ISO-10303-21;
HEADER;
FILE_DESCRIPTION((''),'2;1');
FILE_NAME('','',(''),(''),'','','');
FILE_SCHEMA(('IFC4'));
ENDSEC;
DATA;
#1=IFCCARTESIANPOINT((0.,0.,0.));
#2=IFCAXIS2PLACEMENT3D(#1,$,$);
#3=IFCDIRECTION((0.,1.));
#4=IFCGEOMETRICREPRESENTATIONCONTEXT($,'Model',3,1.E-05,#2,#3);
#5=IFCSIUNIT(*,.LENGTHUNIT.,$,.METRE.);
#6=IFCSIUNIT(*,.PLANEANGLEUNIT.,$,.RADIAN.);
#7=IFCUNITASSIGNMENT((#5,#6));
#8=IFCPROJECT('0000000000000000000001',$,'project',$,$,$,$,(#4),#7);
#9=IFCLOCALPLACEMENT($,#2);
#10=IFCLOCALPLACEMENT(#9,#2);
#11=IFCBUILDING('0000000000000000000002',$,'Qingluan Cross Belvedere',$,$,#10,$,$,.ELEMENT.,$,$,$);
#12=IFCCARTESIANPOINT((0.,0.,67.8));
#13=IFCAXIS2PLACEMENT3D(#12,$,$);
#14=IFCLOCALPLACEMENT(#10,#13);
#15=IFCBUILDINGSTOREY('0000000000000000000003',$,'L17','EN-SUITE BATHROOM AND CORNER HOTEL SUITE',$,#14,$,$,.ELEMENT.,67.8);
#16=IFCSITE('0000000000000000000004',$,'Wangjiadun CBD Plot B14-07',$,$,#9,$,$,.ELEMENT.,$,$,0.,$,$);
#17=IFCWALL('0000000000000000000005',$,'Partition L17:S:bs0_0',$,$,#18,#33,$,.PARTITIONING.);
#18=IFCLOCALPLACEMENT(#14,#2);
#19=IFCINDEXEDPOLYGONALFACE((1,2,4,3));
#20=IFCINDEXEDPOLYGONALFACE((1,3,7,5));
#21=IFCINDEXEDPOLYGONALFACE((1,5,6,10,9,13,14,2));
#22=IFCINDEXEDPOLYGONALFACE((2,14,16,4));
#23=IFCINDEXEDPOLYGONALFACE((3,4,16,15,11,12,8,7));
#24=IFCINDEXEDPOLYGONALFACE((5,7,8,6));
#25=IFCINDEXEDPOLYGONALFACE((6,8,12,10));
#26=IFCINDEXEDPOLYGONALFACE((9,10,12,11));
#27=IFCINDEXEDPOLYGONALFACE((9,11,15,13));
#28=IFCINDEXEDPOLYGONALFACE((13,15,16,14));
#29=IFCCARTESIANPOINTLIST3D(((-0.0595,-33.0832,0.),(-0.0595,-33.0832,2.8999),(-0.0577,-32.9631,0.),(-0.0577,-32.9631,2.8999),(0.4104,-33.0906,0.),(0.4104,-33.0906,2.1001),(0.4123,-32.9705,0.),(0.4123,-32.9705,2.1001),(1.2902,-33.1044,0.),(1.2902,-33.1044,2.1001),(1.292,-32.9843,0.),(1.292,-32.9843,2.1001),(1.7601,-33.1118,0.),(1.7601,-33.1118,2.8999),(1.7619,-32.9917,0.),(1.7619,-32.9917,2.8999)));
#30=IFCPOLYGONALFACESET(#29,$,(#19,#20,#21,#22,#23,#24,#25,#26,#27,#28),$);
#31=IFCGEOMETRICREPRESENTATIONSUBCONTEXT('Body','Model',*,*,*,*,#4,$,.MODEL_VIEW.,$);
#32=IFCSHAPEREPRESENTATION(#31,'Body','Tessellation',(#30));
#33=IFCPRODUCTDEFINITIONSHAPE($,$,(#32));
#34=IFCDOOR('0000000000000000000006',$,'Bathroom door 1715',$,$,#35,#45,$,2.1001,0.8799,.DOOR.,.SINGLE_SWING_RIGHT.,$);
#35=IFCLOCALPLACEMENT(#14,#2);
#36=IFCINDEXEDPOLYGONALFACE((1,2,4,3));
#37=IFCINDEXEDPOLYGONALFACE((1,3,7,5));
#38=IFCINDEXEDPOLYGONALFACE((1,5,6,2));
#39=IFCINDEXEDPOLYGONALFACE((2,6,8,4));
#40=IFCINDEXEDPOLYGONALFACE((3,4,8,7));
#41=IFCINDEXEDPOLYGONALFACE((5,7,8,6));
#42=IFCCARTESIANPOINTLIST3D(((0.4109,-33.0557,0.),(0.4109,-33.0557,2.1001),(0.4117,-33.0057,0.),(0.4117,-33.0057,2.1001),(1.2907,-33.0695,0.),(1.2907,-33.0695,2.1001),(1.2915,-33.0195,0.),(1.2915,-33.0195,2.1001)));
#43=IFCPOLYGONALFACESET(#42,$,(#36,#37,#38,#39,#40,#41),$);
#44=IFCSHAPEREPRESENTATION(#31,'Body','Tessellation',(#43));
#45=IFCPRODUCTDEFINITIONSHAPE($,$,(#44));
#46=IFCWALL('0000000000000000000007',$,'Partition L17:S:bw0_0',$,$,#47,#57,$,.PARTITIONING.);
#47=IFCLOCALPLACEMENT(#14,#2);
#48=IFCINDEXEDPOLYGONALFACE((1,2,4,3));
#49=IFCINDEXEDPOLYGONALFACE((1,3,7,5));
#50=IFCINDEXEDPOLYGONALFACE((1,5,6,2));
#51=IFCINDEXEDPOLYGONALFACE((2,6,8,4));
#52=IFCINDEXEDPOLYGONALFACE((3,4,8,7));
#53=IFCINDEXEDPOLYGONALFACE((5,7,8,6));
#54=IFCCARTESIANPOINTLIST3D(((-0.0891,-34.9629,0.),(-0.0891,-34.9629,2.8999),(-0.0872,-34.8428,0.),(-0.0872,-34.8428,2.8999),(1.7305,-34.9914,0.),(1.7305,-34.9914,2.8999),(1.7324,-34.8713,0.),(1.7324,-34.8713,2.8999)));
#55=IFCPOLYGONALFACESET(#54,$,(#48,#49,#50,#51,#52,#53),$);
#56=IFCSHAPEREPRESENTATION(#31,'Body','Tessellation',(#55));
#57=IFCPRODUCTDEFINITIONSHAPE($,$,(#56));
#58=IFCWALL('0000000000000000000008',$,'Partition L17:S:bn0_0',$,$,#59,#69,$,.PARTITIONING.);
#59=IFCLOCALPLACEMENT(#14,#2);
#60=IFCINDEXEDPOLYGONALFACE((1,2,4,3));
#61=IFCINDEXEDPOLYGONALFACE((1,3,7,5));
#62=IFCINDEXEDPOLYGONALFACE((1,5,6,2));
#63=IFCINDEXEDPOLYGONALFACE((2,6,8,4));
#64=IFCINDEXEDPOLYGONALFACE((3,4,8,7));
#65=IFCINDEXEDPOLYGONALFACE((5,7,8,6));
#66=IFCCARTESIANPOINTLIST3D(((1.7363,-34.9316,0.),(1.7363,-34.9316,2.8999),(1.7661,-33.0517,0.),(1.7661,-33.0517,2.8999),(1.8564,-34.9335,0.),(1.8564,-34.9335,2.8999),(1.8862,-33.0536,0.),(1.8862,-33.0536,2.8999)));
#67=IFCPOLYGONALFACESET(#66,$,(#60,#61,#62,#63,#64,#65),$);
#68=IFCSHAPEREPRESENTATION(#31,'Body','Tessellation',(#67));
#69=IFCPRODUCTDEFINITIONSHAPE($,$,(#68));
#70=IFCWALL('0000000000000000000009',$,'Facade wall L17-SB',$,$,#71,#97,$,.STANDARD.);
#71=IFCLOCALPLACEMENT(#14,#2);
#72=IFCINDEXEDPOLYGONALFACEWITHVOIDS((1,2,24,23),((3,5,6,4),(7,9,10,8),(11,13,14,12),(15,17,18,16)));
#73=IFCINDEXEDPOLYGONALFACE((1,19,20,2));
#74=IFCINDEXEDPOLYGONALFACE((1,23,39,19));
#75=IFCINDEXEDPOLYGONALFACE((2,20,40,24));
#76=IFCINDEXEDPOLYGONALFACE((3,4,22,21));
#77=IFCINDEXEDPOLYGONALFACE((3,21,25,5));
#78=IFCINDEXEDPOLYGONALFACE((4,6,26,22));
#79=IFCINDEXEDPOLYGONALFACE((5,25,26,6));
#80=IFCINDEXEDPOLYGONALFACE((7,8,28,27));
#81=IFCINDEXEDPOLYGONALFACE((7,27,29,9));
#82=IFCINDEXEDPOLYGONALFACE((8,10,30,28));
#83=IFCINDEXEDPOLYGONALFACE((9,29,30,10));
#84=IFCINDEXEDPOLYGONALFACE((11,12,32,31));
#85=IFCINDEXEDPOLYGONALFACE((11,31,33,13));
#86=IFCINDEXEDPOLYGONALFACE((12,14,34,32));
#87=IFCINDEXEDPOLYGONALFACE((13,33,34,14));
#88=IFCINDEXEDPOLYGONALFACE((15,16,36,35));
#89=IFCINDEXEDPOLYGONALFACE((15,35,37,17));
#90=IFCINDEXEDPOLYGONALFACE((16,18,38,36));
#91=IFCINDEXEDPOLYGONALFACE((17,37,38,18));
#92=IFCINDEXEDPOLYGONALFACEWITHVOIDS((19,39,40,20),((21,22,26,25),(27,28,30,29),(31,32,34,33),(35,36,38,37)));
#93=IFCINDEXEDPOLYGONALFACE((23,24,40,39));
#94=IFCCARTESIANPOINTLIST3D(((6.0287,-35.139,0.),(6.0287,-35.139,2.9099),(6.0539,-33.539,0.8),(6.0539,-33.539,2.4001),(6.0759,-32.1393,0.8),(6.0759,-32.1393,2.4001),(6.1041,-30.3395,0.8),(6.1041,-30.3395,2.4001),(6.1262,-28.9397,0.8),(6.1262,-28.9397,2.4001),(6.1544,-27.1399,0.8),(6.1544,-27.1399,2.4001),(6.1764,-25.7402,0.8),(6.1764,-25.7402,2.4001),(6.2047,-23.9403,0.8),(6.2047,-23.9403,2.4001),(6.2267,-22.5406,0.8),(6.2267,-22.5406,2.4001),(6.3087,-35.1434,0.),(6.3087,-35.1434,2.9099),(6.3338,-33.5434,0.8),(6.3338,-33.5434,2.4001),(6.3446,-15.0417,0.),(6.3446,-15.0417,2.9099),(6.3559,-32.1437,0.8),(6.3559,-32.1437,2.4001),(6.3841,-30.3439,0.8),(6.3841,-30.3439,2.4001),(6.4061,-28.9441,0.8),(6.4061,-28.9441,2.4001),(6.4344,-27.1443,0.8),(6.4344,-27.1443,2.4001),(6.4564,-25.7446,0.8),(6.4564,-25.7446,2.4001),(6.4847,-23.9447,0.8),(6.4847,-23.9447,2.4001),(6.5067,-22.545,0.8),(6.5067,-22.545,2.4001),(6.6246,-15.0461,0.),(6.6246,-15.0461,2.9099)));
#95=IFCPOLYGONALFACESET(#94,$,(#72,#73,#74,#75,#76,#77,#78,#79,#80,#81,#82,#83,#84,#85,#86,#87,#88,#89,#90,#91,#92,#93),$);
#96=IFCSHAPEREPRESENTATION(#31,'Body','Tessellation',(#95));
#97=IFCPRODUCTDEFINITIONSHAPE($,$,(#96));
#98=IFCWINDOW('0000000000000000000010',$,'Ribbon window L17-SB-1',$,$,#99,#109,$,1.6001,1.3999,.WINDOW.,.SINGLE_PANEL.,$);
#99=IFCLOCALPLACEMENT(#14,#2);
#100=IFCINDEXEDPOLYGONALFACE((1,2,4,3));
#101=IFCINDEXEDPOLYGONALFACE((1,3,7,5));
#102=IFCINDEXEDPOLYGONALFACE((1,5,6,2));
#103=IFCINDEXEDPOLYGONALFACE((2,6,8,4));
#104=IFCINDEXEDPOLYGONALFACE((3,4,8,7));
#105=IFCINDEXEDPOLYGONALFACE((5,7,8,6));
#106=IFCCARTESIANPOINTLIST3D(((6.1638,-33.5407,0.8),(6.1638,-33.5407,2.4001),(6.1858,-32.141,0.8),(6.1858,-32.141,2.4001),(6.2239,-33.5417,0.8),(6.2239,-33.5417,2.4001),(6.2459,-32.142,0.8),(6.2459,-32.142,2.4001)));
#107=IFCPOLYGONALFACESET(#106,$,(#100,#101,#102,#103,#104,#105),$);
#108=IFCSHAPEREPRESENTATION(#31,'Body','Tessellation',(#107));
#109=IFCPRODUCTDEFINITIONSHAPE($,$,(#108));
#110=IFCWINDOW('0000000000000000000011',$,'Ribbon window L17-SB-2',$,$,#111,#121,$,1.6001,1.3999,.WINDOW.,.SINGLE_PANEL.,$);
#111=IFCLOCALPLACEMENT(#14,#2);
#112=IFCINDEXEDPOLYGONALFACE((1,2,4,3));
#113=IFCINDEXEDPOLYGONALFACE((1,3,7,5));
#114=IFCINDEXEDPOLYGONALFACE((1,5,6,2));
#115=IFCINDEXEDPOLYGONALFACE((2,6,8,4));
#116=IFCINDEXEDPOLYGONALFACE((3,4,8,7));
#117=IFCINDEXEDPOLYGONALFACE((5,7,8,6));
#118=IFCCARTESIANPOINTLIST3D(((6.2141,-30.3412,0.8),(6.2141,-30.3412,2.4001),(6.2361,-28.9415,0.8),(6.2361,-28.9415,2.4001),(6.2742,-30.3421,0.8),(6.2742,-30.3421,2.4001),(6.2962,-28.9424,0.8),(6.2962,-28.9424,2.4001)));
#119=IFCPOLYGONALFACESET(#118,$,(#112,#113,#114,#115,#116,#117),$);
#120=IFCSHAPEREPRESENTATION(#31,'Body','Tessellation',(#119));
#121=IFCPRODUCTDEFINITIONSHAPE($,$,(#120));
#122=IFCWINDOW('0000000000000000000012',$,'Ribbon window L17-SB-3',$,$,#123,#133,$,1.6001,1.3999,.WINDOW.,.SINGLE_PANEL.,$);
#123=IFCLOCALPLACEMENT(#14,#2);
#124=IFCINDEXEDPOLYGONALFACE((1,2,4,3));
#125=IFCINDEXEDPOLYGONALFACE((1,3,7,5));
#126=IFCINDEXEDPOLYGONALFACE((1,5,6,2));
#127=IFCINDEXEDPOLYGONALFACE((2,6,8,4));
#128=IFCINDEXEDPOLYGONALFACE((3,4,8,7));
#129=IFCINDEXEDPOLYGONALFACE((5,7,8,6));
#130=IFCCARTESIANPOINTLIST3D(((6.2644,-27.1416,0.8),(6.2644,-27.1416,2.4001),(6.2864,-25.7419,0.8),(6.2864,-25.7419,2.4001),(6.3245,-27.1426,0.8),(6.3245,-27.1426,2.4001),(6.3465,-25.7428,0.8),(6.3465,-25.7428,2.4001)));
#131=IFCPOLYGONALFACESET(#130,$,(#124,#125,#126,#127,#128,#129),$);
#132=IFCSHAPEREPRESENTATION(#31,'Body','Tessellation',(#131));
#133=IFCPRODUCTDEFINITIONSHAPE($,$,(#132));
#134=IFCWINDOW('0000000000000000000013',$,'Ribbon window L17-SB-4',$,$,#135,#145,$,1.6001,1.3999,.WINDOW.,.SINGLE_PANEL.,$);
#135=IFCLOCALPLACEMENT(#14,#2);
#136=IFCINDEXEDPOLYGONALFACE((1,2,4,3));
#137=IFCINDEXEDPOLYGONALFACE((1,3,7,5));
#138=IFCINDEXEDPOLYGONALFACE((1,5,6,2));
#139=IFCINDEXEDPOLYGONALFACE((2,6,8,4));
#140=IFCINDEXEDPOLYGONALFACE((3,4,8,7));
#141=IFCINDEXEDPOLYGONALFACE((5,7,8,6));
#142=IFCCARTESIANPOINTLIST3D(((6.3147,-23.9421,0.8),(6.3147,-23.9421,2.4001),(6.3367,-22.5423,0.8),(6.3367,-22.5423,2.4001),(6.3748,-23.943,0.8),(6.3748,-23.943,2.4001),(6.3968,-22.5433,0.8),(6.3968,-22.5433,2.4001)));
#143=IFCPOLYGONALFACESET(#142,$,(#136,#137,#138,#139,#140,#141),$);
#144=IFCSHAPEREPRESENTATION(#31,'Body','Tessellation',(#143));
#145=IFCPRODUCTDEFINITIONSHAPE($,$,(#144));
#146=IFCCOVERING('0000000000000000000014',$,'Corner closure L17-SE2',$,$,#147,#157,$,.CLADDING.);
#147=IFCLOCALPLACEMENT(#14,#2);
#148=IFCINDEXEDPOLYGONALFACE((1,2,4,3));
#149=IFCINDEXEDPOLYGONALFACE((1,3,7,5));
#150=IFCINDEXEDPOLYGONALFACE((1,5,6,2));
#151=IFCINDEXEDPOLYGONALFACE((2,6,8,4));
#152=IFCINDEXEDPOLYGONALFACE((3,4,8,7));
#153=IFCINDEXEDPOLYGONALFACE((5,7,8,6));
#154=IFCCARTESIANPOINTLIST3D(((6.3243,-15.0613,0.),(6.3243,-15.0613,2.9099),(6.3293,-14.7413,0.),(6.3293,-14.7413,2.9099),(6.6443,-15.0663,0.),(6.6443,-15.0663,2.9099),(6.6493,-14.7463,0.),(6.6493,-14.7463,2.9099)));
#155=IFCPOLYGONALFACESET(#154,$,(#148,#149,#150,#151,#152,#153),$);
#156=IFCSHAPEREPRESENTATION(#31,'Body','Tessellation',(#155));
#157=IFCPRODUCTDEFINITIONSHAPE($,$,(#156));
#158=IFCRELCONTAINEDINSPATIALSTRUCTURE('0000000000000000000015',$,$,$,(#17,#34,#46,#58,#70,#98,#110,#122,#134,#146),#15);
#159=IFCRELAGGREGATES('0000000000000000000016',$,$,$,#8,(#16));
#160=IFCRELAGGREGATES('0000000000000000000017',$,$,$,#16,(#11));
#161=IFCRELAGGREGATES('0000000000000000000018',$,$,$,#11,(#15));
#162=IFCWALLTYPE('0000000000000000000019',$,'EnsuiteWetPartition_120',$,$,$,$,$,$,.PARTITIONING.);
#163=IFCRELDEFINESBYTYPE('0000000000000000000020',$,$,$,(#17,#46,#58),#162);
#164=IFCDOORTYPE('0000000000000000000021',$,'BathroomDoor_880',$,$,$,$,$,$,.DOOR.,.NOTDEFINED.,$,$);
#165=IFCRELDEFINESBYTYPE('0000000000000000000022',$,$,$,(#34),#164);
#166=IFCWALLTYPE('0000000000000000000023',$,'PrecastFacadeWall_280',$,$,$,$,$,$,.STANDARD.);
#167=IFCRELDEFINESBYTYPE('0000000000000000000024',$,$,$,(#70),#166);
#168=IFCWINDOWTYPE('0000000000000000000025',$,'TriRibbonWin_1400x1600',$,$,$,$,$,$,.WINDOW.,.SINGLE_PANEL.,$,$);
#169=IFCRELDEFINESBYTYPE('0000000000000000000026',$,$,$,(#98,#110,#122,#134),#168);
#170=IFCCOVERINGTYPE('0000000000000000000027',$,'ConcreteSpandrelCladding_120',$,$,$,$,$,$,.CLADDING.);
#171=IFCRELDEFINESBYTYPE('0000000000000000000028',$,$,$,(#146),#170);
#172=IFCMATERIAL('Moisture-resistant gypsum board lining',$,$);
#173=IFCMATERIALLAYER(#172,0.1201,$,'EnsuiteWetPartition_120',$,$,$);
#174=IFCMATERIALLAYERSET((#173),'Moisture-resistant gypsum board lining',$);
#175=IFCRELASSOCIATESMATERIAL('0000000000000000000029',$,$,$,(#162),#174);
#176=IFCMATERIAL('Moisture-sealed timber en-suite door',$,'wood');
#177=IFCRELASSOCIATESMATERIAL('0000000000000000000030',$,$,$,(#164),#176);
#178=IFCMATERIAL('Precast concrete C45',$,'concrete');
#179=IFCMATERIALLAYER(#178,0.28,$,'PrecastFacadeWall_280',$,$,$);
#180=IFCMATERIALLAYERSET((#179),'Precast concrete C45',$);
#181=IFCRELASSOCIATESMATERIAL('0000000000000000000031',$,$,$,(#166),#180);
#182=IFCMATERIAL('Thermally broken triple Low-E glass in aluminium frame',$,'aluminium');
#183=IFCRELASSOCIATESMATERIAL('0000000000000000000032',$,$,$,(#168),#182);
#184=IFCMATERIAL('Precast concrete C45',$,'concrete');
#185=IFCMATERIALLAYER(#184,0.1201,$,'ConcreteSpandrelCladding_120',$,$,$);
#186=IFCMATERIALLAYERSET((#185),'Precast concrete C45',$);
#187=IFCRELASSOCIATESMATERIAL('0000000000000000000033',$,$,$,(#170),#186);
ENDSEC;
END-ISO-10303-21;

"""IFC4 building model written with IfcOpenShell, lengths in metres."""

from ifc_helpers import new_model, si_unit, direction, frame, frame_2d, origin, origin_2d, place, context, subcontext, project, spatial, rectangle, extrude, material, layer, layer_set, type_object, element, fill, save


model = new_model("IFC4")

# Units and contexts
model_context = context("Model", 3, precision=1e-05, world=origin(), true_north=direction((0.0, 1.0)))
body_context = subcontext(model_context, "Body", "Model", "MODEL_VIEW")
ifc_project = project(units=[si_unit("LENGTHUNIT", "METRE"), si_unit("PLANEANGLEUNIT", "RADIAN")], contexts=[model_context])

# Site, building, storey
site_placement = place(None, origin())
site = spatial("IfcSite", under=ifc_project, at=site_placement, Name="Wangjiadun CBD Plot B14-07", CompositionType="ELEMENT", RefElevation=0.0)
building_placement = place(site_placement, origin())
building = spatial("IfcBuilding", under=site, at=building_placement, Name="Qingluan Cross Belvedere", CompositionType="ELEMENT")
storey_placement = place(building_placement, frame((0.0, 0.0, 67.8)))
storey = spatial("IfcBuildingStorey", under=building, at=storey_placement, Name="L17", Description="EN-SUITE BATHROOM AND CORNER HOTEL SUITE", CompositionType="ELEMENT", Elevation=67.8)

# Wall, opening, door
ifc_material_1 = material(Name="Moisture-resistant gypsum board lining")
ifc_layer_1 = layer(ifc_material_1, 0.1201, Name="EnsuiteWetPartition_120")
ifc_layer_set_1 = layer_set([ifc_layer_1], Name="Moisture-resistant gypsum board lining")
wall_type_1 = type_object("IfcWallType", Name="EnsuiteWetPartition_120", PredefinedType="PARTITIONING", material=ifc_layer_set_1)
wall_1_placement = place(storey_placement, frame((-0.0586, -33.0232, 0.0), z_axis=(0.0, 0.0, 1.0), x_axis=(0.999877, -0.015696, 0.0)))
wall_1 = element("IfcWall", 1, at=wall_1_placement, inside=storey, type_object=wall_type_1, Name="Partition L17:S:bs0_0", PredefinedType="PARTITIONING", context=body_context, shape_type="SweptSolid", body=[
    extrude(rectangle(XDim=1.8198, YDim=0.1201, at=frame_2d((0.9099, 0.0))), origin(), (0.0, 0.0, 1.0), 2.8999),
])
opening_1_placement = place(wall_1_placement, frame((0.47, 0.0, 0.0)))
opening_1 = element("IfcOpeningElement", 2, at=opening_1_placement, cuts=wall_1, PredefinedType="OPENING", context=body_context, shape_type="SweptSolid", body=[
    extrude(rectangle(XDim=0.8799, YDim=2.1001, at=frame_2d((0.4399, 1.05))), frame((0.0, 0.0701, 0.0), z_axis=(0.0, -1.0, 0.0), x_axis=(1.0, 0.0, 0.0)), (0.0, 0.0, 1.0), 0.1401),
])
ifc_material_2 = material(Name="Moisture-sealed timber en-suite door", Category="wood")
door_type_1 = type_object("IfcDoorType", Name="BathroomDoor_880", OperationType="NOTDEFINED", PredefinedType="DOOR", material=ifc_material_2)
door_1_placement = place(opening_1_placement, origin())
door_1 = element("IfcDoor", 3, at=door_1_placement, inside=storey, type_object=door_type_1, Name="Bathroom door 1715", OperationType="SINGLE_SWING_RIGHT", OverallHeight=2.1001, OverallWidth=0.8799, PredefinedType="DOOR", context=body_context, shape_type="SweptSolid", body=[
    extrude(rectangle(XDim=0.8799, YDim=2.1001, at=frame_2d((0.4399, 1.05))), frame((0.0, 0.0249, 0.0), z_axis=(0.0, -1.0, 0.0), x_axis=(1.0, 0.0, 0.0)), (0.0, 0.0, 1.0), 0.05),
])
fill(opening_1, door_1)

# Walls
wall_2_placement = place(storey_placement, frame((-0.0881, -34.9028, 0.0), z_axis=(0.0, 0.0, 1.0), x_axis=(0.999877, -0.015696, 0.0)))
element("IfcWall", 4, at=wall_2_placement, inside=storey, type_object=wall_type_1, Name="Partition L17:S:bw0_0", PredefinedType="PARTITIONING", context=body_context, shape_type="SweptSolid", body=[
    extrude(rectangle(XDim=1.8198, YDim=0.1201, at=frame_2d((0.9099, 0.0))), origin(), (0.0, 0.0, 1.0), 2.8999),
])
wall_3_placement = place(storey_placement, frame((1.8262, -33.0527, 0.0), z_axis=(0.0, 0.0, 1.0), x_axis=(-0.015842, -0.999875, 0.0)))
element("IfcWall", 5, at=wall_3_placement, inside=storey, type_object=wall_type_1, Name="Partition L17:S:bn0_0", PredefinedType="PARTITIONING", context=body_context, shape_type="SweptSolid", body=[
    extrude(rectangle(XDim=1.8801, YDim=0.1201, at=frame_2d((0.9399, 0.0))), origin(), (0.0, 0.0, 1.0), 2.8999),
])

# Wall, openings, windows
ifc_material_3 = material(Name="Precast concrete C45", Category="concrete")
ifc_layer_2 = layer(ifc_material_3, 0.28, Name="PrecastFacadeWall_280")
ifc_layer_set_2 = layer_set([ifc_layer_2], Name="Precast concrete C45")
wall_type_2 = type_object("IfcWallType", Name="PrecastFacadeWall_280", PredefinedType="STANDARD", material=ifc_layer_set_2)
wall_4_placement = place(storey_placement, frame((6.1687, -35.1411, 0.0), z_axis=(0.0, 0.0, 1.0), x_axis=(0.015717, 0.999876, 0.0)))
wall_4 = element("IfcWall", 6, at=wall_4_placement, inside=storey, type_object=wall_type_2, Name="Facade wall L17-SB", PredefinedType="STANDARD", context=body_context, shape_type="SweptSolid", body=[
    extrude(rectangle(XDim=20.0999, YDim=0.28, at=frame_2d((10.0498, 0.0))), origin(), (0.0, 0.0, 1.0), 2.9099),
])
opening_2_placement = place(wall_4_placement, frame((1.6001, 0.0, 0.8)))
opening_2 = element("IfcOpeningElement", 7, at=opening_2_placement, cuts=wall_4, PredefinedType="OPENING", context=body_context, shape_type="SweptSolid", body=[
    extrude(rectangle(XDim=1.3999, YDim=1.6001, at=frame_2d((0.7, 0.8))), frame((0.0, 0.1499, 0.0), z_axis=(0.0, -1.0, 0.0), x_axis=(1.0, 0.0, 0.0)), (0.0, 0.0, 1.0), 0.3),
])
opening_3_placement = place(wall_4_placement, frame((4.8, 0.0, 0.8)))
opening_3 = element("IfcOpeningElement", 8, at=opening_3_placement, cuts=wall_4, PredefinedType="OPENING", context=body_context, shape_type="SweptSolid", body=[
    extrude(rectangle(XDim=1.3999, YDim=1.6001, at=frame_2d((0.7, 0.8))), frame((0.0, 0.1499, 0.0), z_axis=(0.0, -1.0, 0.0), x_axis=(1.0, 0.0, 0.0)), (0.0, 0.0, 1.0), 0.3),
])
opening_4_placement = place(wall_4_placement, frame((8.0, 0.0, 0.8)))
opening_4 = element("IfcOpeningElement", 9, at=opening_4_placement, cuts=wall_4, PredefinedType="OPENING", context=body_context, shape_type="SweptSolid", body=[
    extrude(rectangle(XDim=1.3999, YDim=1.6001, at=frame_2d((0.7, 0.8))), frame((0.0, 0.1499, 0.0), z_axis=(0.0, -1.0, 0.0), x_axis=(1.0, 0.0, 0.0)), (0.0, 0.0, 1.0), 0.3),
])
opening_5_placement = place(wall_4_placement, frame((11.2, 0.0, 0.8)))
opening_5 = element("IfcOpeningElement", 10, at=opening_5_placement, cuts=wall_4, PredefinedType="OPENING", context=body_context, shape_type="SweptSolid", body=[
    extrude(rectangle(XDim=1.3999, YDim=1.6001, at=frame_2d((0.7, 0.8))), frame((0.0, 0.1499, 0.0), z_axis=(0.0, -1.0, 0.0), x_axis=(1.0, 0.0, 0.0)), (0.0, 0.0, 1.0), 0.3),
])
ifc_material_4 = material(Name="Thermally broken triple Low-E glass in aluminium frame", Category="aluminium")
window_type = type_object("IfcWindowType", Name="TriRibbonWin_1400x1600", PartitioningType="SINGLE_PANEL", PredefinedType="WINDOW", material=ifc_material_4)
window_1_placement = place(opening_2_placement, origin())
window_1 = element("IfcWindow", 11, at=window_1_placement, inside=storey, type_object=window_type, Name="Ribbon window L17-SB-1", OverallHeight=1.6001, OverallWidth=1.3999, PartitioningType="SINGLE_PANEL", PredefinedType="WINDOW", context=body_context, shape_type="SweptSolid", body=[
    extrude(rectangle(XDim=1.3999, YDim=1.6001, at=frame_2d((0.7, 0.8))), frame((0.0, 0.03, 0.0), z_axis=(0.0, -1.0, 0.0), x_axis=(1.0, 0.0, 0.0)), (0.0, 0.0, 1.0), 0.0601),
])
fill(opening_2, window_1)
window_2_placement = place(opening_3_placement, origin())
window_2 = element("IfcWindow", 12, at=window_2_placement, inside=storey, type_object=window_type, Name="Ribbon window L17-SB-2", OverallHeight=1.6001, OverallWidth=1.3999, PartitioningType="SINGLE_PANEL", PredefinedType="WINDOW", context=body_context, shape_type="SweptSolid", body=[
    extrude(rectangle(XDim=1.3999, YDim=1.6001, at=frame_2d((0.7, 0.8))), frame((0.0, 0.03, 0.0), z_axis=(0.0, -1.0, 0.0), x_axis=(1.0, 0.0, 0.0)), (0.0, 0.0, 1.0), 0.0601),
])
fill(opening_3, window_2)
window_3_placement = place(opening_4_placement, origin())
window_3 = element("IfcWindow", 13, at=window_3_placement, inside=storey, type_object=window_type, Name="Ribbon window L17-SB-3", OverallHeight=1.6001, OverallWidth=1.3999, PartitioningType="SINGLE_PANEL", PredefinedType="WINDOW", context=body_context, shape_type="SweptSolid", body=[
    extrude(rectangle(XDim=1.3999, YDim=1.6001, at=frame_2d((0.7, 0.8))), frame((0.0, 0.03, 0.0), z_axis=(0.0, -1.0, 0.0), x_axis=(1.0, 0.0, 0.0)), (0.0, 0.0, 1.0), 0.0601),
])
fill(opening_4, window_3)
window_4_placement = place(opening_5_placement, origin())
window_4 = element("IfcWindow", 14, at=window_4_placement, inside=storey, type_object=window_type, Name="Ribbon window L17-SB-4", OverallHeight=1.6001, OverallWidth=1.3999, PartitioningType="SINGLE_PANEL", PredefinedType="WINDOW", context=body_context, shape_type="SweptSolid", body=[
    extrude(rectangle(XDim=1.3999, YDim=1.6001, at=frame_2d((0.7, 0.8))), frame((0.0, 0.03, 0.0), z_axis=(0.0, -1.0, 0.0), x_axis=(1.0, 0.0, 0.0)), (0.0, 0.0, 1.0), 0.0601),
])
fill(opening_5, window_4)

# Covering
ifc_material_5 = material(Name="Precast concrete C45", Category="concrete")
ifc_layer_3 = layer(ifc_material_5, 0.1201, Name="ConcreteSpandrelCladding_120")
ifc_layer_set_3 = layer_set([ifc_layer_3], Name="Precast concrete C45")
covering_type = type_object("IfcCoveringType", Name="ConcreteSpandrelCladding_120", PredefinedType="CLADDING", material=ifc_layer_set_3)
covering_placement = place(storey_placement, frame((6.4868, -14.9038, 0.0), z_axis=(0.0, 0.0, 1.0), x_axis=(0.999877, -0.015707, 0.0)))
element("IfcCovering", 15, at=covering_placement, inside=storey, type_object=covering_type, Name="Corner closure L17-SE2", PredefinedType="CLADDING", context=body_context, shape_type="SweptSolid", body=[
    extrude(rectangle(XDim=0.3201, YDim=0.3201, at=origin_2d()), origin(), (0.0, 0.0, 1.0), 2.9099),
])

save(model, "model.ifc")
